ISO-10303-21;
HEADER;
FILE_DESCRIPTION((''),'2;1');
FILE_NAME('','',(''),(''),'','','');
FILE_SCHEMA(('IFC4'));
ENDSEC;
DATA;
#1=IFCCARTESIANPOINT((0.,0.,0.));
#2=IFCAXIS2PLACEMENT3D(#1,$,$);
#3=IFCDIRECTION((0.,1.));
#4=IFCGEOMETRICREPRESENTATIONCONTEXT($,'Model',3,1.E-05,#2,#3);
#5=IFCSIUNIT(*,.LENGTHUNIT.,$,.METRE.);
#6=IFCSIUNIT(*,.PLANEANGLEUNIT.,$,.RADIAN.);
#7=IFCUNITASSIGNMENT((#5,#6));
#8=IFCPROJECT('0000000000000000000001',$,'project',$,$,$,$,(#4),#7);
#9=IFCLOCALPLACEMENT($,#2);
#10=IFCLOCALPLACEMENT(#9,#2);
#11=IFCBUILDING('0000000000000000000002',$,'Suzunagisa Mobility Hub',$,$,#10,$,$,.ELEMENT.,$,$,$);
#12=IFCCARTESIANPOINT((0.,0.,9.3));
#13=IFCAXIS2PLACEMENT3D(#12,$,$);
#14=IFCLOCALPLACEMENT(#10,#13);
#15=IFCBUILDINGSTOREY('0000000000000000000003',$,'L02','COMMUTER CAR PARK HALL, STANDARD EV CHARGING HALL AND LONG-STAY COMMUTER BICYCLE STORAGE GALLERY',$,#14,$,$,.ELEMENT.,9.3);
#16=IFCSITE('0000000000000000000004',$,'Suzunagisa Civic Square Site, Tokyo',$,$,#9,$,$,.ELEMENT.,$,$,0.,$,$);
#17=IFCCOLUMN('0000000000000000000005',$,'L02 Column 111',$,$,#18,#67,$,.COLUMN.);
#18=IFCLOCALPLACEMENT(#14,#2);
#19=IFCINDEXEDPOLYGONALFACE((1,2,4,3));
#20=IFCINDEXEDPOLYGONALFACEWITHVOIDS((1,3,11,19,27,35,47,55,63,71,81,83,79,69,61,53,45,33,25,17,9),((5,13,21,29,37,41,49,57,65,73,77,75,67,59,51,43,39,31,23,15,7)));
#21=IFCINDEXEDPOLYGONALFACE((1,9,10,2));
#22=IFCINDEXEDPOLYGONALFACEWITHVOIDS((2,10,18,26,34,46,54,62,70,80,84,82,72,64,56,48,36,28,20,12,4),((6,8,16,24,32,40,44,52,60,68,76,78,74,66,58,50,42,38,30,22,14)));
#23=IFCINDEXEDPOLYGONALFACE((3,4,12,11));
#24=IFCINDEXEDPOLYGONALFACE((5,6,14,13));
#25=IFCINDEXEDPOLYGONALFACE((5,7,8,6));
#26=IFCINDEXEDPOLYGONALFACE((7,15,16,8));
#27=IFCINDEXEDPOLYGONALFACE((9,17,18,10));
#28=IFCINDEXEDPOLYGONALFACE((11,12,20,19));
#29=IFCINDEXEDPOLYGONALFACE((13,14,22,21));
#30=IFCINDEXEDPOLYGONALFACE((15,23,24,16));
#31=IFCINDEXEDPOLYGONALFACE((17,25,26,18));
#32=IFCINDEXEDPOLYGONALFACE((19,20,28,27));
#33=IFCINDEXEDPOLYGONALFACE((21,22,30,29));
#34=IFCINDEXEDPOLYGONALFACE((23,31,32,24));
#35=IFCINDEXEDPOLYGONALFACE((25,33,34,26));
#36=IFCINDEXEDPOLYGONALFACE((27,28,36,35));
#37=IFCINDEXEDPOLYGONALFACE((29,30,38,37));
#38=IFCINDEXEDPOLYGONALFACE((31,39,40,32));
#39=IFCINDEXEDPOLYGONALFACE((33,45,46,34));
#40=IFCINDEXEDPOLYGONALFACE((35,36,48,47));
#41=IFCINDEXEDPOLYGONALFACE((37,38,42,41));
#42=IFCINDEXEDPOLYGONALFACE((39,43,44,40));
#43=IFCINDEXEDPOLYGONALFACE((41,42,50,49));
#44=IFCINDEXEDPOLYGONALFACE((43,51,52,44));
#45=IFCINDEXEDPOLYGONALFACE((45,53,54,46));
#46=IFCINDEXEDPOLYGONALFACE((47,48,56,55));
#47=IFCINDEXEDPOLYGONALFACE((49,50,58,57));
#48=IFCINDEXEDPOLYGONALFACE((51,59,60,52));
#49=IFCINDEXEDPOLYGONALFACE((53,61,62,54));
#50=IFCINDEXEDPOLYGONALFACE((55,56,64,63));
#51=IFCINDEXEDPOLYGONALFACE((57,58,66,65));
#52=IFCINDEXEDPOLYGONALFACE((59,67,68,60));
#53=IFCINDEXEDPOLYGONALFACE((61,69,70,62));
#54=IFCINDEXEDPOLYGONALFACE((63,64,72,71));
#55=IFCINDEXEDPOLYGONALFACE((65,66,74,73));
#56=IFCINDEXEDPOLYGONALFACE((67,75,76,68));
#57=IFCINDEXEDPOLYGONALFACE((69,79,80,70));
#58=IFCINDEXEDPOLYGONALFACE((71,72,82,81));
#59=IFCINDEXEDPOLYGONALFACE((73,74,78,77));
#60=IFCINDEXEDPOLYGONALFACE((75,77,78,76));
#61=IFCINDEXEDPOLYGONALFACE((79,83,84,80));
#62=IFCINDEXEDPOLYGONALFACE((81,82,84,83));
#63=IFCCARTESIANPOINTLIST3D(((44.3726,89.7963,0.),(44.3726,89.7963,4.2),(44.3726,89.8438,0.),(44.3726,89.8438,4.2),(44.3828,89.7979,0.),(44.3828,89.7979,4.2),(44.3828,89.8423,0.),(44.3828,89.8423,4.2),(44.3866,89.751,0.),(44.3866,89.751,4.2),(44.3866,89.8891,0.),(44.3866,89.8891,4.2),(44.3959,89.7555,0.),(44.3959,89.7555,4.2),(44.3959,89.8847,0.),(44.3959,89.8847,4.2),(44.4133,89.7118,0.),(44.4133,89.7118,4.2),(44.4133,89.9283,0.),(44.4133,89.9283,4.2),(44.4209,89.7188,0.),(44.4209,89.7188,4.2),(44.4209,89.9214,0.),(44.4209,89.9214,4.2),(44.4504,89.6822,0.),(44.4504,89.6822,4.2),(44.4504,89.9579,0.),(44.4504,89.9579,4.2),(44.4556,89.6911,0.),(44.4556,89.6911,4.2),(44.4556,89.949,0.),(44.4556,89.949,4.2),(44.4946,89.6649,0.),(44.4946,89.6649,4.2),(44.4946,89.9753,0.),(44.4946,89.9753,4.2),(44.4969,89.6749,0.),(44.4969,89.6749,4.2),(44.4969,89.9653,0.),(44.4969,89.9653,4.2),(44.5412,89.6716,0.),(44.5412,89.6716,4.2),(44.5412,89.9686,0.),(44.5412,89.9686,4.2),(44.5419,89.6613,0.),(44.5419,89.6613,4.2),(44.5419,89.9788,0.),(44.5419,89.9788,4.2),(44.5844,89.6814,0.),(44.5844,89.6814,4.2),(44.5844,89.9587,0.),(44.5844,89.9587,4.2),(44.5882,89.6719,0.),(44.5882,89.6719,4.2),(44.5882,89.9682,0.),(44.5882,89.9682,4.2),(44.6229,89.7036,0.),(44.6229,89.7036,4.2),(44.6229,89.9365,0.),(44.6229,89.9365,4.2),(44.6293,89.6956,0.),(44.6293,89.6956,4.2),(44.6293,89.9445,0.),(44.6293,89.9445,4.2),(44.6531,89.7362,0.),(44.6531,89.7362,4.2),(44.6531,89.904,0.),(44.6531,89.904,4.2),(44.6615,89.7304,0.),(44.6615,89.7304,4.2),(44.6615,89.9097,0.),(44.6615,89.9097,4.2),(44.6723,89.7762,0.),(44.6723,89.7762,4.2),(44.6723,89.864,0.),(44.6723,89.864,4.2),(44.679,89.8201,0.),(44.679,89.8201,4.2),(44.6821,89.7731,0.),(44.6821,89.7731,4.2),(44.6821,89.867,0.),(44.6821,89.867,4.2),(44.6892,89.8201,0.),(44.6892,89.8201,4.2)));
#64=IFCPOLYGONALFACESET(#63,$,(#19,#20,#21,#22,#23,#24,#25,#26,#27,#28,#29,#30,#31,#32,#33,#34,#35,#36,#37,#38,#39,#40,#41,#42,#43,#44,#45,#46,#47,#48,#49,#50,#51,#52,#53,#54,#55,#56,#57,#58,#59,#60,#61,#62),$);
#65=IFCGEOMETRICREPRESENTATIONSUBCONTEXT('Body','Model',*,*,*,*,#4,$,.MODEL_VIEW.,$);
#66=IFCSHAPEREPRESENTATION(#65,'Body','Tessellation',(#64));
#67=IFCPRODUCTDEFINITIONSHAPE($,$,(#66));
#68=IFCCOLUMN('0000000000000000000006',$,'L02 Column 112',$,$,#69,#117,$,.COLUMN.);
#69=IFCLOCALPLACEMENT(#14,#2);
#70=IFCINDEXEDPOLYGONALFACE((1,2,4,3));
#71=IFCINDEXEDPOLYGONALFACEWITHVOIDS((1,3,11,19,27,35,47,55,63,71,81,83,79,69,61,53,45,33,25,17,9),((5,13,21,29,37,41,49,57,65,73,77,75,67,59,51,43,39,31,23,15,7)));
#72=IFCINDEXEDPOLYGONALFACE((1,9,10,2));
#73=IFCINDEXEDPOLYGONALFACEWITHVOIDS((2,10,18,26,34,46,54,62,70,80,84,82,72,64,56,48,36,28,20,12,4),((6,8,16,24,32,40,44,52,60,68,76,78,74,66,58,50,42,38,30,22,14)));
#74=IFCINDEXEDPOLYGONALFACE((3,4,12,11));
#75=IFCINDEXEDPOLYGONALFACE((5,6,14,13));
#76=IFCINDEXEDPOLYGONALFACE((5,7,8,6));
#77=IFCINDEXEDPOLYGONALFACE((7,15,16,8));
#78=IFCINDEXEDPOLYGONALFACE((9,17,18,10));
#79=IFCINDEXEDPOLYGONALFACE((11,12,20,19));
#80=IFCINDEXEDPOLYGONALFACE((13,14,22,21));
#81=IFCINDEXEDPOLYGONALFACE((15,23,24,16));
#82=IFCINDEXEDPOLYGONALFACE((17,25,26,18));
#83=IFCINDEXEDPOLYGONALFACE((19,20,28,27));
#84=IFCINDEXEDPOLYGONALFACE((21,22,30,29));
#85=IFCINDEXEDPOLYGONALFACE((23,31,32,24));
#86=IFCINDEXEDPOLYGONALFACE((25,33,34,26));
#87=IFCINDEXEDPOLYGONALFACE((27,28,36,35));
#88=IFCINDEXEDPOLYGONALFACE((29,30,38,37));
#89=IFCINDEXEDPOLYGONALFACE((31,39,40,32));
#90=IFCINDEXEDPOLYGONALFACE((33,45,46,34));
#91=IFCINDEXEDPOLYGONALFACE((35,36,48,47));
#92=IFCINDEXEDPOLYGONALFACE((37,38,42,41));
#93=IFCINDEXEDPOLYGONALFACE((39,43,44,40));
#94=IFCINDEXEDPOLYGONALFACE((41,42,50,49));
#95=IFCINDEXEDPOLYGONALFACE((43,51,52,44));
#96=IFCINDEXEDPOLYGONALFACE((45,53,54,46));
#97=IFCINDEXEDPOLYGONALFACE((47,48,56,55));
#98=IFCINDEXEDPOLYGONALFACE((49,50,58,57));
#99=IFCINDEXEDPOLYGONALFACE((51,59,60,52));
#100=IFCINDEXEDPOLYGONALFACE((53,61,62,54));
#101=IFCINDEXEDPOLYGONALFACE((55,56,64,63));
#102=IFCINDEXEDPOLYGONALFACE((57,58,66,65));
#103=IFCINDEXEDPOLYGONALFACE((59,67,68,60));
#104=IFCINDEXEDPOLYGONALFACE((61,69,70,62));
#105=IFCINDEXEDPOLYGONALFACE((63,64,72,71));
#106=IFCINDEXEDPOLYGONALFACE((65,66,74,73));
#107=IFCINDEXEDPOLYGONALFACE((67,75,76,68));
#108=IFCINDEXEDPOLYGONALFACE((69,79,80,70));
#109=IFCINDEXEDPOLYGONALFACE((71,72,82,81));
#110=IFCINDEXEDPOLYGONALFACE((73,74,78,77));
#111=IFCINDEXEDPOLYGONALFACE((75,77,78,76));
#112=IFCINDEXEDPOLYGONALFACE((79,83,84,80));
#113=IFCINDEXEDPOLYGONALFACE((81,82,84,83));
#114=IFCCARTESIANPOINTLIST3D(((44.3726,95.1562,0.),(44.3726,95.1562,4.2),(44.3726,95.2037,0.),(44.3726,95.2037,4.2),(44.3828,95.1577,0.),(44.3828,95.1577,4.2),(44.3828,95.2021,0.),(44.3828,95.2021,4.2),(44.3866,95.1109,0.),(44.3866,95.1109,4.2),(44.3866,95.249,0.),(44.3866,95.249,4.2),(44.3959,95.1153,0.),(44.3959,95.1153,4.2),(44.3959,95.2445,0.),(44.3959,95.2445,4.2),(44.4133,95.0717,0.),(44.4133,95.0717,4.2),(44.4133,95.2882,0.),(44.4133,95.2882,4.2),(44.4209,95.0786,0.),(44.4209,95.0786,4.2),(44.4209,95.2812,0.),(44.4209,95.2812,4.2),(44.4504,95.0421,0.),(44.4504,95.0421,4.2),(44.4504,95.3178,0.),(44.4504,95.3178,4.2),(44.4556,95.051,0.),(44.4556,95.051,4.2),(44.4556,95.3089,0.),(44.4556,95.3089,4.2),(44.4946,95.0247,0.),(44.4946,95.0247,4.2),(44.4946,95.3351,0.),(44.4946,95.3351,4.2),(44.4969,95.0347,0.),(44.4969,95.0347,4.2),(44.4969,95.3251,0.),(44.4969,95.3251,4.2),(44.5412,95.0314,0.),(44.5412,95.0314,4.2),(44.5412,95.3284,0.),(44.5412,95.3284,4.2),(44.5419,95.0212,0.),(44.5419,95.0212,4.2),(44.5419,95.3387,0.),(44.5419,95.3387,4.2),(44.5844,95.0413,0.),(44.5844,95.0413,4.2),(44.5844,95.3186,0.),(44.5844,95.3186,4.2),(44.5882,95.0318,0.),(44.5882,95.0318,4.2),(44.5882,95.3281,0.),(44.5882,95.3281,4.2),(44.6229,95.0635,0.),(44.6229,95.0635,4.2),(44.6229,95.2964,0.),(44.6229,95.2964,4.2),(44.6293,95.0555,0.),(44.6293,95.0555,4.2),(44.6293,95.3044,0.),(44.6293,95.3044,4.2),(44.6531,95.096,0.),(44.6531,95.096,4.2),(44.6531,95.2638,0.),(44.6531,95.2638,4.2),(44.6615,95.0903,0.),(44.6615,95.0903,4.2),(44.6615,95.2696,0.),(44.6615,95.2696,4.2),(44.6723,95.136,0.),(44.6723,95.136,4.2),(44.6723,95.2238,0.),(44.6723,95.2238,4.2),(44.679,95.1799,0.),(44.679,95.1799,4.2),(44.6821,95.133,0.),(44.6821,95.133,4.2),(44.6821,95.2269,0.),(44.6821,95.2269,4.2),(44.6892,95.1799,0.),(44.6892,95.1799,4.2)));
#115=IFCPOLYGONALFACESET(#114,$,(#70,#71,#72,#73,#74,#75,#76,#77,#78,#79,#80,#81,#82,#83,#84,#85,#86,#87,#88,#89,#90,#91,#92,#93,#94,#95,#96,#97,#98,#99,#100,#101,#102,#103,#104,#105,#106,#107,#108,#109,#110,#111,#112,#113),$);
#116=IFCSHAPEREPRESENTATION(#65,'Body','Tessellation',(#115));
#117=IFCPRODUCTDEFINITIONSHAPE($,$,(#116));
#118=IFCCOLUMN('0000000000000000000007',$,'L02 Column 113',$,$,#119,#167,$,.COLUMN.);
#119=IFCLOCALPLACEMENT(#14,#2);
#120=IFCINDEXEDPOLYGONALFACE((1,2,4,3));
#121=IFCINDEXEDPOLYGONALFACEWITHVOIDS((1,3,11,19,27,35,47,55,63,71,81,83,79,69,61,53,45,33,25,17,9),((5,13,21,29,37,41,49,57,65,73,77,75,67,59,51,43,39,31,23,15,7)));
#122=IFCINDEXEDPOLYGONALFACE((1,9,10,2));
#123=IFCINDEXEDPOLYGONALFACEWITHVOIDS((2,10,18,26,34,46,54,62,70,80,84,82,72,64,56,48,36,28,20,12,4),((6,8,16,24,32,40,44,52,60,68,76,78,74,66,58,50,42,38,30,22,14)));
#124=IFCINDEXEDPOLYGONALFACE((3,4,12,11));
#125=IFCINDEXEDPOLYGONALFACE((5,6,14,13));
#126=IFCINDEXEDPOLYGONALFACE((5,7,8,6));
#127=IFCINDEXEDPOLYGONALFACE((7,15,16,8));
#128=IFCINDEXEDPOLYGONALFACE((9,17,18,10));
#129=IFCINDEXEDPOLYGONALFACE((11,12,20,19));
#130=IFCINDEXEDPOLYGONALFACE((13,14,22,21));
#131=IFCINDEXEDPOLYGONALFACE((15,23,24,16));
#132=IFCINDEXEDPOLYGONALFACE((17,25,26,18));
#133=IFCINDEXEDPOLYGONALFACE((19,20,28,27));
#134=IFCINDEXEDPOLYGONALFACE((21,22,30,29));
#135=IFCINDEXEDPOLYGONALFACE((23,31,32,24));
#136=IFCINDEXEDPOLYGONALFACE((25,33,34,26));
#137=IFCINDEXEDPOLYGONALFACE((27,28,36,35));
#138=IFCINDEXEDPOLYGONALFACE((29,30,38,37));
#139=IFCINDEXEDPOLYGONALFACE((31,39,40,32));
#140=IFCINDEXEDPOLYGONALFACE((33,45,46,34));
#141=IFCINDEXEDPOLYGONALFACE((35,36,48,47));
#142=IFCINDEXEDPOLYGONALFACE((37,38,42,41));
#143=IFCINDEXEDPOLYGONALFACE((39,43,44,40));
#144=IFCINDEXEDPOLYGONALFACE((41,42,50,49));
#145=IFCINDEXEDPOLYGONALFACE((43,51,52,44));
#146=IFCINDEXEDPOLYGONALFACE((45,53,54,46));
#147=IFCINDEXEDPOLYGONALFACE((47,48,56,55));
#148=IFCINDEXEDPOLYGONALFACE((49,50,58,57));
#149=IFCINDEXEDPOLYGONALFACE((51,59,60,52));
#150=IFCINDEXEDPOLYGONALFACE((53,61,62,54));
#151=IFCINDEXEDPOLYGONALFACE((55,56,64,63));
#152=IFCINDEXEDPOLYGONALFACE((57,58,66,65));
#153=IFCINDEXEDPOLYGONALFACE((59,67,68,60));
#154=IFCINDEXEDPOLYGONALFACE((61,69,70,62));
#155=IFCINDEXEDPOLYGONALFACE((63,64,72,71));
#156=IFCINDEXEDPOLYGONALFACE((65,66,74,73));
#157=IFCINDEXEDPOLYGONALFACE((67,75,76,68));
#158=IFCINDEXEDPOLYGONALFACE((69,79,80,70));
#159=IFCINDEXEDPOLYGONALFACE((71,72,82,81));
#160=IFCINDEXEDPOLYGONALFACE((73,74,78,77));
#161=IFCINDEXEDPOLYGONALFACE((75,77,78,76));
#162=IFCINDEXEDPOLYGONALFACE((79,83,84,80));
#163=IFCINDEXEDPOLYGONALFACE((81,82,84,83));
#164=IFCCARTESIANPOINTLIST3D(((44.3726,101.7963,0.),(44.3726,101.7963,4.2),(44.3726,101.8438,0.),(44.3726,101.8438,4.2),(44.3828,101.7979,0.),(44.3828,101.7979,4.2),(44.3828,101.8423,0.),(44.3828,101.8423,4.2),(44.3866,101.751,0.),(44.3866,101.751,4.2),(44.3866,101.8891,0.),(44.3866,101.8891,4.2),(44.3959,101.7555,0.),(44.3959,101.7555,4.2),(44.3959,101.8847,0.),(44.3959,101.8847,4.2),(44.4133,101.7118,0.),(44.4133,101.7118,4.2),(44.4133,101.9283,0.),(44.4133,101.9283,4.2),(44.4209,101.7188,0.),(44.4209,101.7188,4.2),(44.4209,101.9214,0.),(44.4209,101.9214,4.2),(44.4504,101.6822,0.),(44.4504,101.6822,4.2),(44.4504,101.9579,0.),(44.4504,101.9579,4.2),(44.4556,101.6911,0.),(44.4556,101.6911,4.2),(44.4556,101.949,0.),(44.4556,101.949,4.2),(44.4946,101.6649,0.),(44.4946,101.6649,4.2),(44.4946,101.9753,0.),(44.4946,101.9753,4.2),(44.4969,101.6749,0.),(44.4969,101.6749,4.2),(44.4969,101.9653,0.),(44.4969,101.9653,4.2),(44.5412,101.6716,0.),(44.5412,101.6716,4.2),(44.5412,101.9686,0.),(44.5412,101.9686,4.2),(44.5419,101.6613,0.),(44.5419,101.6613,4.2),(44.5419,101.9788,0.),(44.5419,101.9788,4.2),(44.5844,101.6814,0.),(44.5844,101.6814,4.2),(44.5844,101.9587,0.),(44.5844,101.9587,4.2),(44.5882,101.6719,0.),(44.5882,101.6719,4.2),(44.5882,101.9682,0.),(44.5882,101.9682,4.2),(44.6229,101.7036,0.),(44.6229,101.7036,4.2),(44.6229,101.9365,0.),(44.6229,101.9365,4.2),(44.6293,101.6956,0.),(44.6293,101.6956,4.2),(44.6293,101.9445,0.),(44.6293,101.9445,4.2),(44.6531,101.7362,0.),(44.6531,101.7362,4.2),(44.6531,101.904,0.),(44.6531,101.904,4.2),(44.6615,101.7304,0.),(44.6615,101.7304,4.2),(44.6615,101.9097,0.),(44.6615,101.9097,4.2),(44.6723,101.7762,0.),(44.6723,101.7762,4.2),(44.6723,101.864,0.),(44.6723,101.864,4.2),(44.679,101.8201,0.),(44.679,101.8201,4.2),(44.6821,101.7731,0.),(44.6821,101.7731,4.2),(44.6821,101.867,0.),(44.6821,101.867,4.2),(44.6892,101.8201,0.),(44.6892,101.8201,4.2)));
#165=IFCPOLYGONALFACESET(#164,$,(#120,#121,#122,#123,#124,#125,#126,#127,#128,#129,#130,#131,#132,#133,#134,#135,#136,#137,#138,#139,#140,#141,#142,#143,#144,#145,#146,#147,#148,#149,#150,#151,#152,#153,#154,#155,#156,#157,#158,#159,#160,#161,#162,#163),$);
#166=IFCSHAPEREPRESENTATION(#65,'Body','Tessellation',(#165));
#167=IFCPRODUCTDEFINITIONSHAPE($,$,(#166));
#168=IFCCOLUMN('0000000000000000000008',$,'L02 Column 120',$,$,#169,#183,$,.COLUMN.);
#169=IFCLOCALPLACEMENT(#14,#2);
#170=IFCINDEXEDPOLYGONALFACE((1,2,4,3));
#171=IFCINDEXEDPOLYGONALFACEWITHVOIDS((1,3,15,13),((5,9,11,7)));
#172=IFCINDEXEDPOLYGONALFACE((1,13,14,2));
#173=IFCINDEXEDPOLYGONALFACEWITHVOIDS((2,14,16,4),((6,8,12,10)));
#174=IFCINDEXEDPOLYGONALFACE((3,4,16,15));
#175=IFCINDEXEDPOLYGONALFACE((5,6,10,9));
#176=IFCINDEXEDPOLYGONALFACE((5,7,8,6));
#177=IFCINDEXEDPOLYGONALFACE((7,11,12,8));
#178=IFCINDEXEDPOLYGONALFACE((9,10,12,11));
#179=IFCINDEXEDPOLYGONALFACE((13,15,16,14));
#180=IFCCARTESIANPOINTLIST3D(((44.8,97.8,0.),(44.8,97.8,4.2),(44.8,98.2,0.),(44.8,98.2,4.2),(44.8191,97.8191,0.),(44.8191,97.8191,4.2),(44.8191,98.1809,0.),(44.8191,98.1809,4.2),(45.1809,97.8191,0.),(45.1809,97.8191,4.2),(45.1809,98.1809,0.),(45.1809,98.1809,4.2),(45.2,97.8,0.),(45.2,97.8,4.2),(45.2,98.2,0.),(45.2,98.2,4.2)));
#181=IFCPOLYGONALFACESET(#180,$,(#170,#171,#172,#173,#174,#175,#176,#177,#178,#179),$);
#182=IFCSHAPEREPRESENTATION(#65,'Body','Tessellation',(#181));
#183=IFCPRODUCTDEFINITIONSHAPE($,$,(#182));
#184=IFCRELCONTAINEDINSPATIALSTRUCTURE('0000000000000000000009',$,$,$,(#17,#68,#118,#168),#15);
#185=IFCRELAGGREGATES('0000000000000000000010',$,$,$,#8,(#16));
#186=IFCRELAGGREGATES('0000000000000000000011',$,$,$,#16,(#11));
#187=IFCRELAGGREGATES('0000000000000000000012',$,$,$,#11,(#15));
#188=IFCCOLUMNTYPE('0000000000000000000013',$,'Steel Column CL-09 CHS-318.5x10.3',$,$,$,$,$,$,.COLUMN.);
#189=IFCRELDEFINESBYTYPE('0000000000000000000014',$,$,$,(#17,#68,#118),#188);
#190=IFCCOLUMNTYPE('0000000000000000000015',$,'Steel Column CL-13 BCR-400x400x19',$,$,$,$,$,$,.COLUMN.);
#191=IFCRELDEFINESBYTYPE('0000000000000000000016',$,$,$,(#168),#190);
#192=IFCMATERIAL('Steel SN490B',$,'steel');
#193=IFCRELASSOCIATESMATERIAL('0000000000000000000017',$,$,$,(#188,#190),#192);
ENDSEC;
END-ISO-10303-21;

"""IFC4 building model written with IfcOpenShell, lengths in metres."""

from ifc_helpers import new_model, si_unit, direction, frame, origin, origin_2d, place, context, subcontext, project, spatial, hollow_rectangle, hollow_circle, extrude, material, material_profile, profile_set, type_object, element, save


model = new_model("IFC4")

# Units and contexts
model_context = context("Model", 3, precision=1e-05, world=origin(), true_north=direction((0.0, 1.0)))
body_context = subcontext(model_context, "Body", "Model", "MODEL_VIEW")
ifc_project = project(units=[si_unit("LENGTHUNIT", "METRE"), si_unit("PLANEANGLEUNIT", "RADIAN")], contexts=[model_context])

# Site, building, storey
site_placement = place(None, origin())
site = spatial("IfcSite", under=ifc_project, at=site_placement, Name="Suzunagisa Civic Square Site, Tokyo", CompositionType="ELEMENT", RefElevation=0.0)
building_placement = place(site_placement, origin())
building = spatial("IfcBuilding", under=site, at=building_placement, Name="Suzunagisa Mobility Hub", CompositionType="ELEMENT")
storey_placement = place(building_placement, frame((0.0, 0.0, 9.3)))
storey = spatial("IfcBuildingStorey", under=building, at=storey_placement, Name="L02", Description="COMMUTER CAR PARK HALL, STANDARD EV CHARGING HALL AND LONG-STAY COMMUTER BICYCLE STORAGE GALLERY", CompositionType="ELEMENT", Elevation=9.3)

# Columns
ifc_material_1 = material(Name="Steel SN490B", Category="steel")
ifc_material_profile_1 = material_profile(ifc_material_1, hollow_circle(Radius=0.1592, WallThickness=0.0103, at=origin_2d()), Name="CHS-318.5x10.3")
ifc_profile_set_1 = profile_set([ifc_material_profile_1], Name="Steel SN490B")
column_type_1 = type_object("IfcColumnType", Name="Steel Column CL-09 CHS-318.5x10.3", PredefinedType="COLUMN", material=ifc_profile_set_1)
for number, where, z_axis, x_axis, name in (
    (1, (44.53, 89.8201, 0.0), (0.0, 0.0, 1.0), (1.0, 0.0, 0.0), "L02 Column 111"),
    (2, (44.53, 95.1799, 0.0), (0.0, 0.0, 1.0), (1.0, 0.0, 0.0), "L02 Column 112"),
    (3, (44.53, 101.8201, 0.0), (0.0, 0.0, 1.0), (1.0, 0.0, 0.0), "L02 Column 113"),
):
    element("IfcColumn", number, at=place(storey_placement, frame(where, z_axis=z_axis, x_axis=x_axis)), inside=storey, type_object=column_type_1, Name=name, PredefinedType="COLUMN", context=body_context, shape_type="SweptSolid", body=[
        extrude(hollow_circle(Radius=0.1592, WallThickness=0.0103, at=origin_2d()), origin(), (0.0, 0.0, 1.0), 4.2),
    ])
ifc_material_profile_2 = material_profile(ifc_material_1, hollow_rectangle(XDim=0.3999, YDim=0.3999, WallThickness=0.019, at=origin_2d()), Name="BCR-400x400x19")
ifc_profile_set_2 = profile_set([ifc_material_profile_2], Name="Steel SN490B")
column_type_2 = type_object("IfcColumnType", Name="Steel Column CL-13 BCR-400x400x19", PredefinedType="COLUMN", material=ifc_profile_set_2)
column_placement = place(storey_placement, frame((45.0, 98.0, 0.0), z_axis=(0.0, 0.0, 1.0), x_axis=(1.0, 0.0, 0.0)))
element("IfcColumn", 4, at=column_placement, inside=storey, type_object=column_type_2, Name="L02 Column 120", PredefinedType="COLUMN", context=body_context, shape_type="SweptSolid", body=[
    extrude(hollow_rectangle(XDim=0.3999, YDim=0.3999, WallThickness=0.019, at=origin_2d()), origin(), (0.0, 0.0, 1.0), 4.2),
])

save(model, "model.ifc")
